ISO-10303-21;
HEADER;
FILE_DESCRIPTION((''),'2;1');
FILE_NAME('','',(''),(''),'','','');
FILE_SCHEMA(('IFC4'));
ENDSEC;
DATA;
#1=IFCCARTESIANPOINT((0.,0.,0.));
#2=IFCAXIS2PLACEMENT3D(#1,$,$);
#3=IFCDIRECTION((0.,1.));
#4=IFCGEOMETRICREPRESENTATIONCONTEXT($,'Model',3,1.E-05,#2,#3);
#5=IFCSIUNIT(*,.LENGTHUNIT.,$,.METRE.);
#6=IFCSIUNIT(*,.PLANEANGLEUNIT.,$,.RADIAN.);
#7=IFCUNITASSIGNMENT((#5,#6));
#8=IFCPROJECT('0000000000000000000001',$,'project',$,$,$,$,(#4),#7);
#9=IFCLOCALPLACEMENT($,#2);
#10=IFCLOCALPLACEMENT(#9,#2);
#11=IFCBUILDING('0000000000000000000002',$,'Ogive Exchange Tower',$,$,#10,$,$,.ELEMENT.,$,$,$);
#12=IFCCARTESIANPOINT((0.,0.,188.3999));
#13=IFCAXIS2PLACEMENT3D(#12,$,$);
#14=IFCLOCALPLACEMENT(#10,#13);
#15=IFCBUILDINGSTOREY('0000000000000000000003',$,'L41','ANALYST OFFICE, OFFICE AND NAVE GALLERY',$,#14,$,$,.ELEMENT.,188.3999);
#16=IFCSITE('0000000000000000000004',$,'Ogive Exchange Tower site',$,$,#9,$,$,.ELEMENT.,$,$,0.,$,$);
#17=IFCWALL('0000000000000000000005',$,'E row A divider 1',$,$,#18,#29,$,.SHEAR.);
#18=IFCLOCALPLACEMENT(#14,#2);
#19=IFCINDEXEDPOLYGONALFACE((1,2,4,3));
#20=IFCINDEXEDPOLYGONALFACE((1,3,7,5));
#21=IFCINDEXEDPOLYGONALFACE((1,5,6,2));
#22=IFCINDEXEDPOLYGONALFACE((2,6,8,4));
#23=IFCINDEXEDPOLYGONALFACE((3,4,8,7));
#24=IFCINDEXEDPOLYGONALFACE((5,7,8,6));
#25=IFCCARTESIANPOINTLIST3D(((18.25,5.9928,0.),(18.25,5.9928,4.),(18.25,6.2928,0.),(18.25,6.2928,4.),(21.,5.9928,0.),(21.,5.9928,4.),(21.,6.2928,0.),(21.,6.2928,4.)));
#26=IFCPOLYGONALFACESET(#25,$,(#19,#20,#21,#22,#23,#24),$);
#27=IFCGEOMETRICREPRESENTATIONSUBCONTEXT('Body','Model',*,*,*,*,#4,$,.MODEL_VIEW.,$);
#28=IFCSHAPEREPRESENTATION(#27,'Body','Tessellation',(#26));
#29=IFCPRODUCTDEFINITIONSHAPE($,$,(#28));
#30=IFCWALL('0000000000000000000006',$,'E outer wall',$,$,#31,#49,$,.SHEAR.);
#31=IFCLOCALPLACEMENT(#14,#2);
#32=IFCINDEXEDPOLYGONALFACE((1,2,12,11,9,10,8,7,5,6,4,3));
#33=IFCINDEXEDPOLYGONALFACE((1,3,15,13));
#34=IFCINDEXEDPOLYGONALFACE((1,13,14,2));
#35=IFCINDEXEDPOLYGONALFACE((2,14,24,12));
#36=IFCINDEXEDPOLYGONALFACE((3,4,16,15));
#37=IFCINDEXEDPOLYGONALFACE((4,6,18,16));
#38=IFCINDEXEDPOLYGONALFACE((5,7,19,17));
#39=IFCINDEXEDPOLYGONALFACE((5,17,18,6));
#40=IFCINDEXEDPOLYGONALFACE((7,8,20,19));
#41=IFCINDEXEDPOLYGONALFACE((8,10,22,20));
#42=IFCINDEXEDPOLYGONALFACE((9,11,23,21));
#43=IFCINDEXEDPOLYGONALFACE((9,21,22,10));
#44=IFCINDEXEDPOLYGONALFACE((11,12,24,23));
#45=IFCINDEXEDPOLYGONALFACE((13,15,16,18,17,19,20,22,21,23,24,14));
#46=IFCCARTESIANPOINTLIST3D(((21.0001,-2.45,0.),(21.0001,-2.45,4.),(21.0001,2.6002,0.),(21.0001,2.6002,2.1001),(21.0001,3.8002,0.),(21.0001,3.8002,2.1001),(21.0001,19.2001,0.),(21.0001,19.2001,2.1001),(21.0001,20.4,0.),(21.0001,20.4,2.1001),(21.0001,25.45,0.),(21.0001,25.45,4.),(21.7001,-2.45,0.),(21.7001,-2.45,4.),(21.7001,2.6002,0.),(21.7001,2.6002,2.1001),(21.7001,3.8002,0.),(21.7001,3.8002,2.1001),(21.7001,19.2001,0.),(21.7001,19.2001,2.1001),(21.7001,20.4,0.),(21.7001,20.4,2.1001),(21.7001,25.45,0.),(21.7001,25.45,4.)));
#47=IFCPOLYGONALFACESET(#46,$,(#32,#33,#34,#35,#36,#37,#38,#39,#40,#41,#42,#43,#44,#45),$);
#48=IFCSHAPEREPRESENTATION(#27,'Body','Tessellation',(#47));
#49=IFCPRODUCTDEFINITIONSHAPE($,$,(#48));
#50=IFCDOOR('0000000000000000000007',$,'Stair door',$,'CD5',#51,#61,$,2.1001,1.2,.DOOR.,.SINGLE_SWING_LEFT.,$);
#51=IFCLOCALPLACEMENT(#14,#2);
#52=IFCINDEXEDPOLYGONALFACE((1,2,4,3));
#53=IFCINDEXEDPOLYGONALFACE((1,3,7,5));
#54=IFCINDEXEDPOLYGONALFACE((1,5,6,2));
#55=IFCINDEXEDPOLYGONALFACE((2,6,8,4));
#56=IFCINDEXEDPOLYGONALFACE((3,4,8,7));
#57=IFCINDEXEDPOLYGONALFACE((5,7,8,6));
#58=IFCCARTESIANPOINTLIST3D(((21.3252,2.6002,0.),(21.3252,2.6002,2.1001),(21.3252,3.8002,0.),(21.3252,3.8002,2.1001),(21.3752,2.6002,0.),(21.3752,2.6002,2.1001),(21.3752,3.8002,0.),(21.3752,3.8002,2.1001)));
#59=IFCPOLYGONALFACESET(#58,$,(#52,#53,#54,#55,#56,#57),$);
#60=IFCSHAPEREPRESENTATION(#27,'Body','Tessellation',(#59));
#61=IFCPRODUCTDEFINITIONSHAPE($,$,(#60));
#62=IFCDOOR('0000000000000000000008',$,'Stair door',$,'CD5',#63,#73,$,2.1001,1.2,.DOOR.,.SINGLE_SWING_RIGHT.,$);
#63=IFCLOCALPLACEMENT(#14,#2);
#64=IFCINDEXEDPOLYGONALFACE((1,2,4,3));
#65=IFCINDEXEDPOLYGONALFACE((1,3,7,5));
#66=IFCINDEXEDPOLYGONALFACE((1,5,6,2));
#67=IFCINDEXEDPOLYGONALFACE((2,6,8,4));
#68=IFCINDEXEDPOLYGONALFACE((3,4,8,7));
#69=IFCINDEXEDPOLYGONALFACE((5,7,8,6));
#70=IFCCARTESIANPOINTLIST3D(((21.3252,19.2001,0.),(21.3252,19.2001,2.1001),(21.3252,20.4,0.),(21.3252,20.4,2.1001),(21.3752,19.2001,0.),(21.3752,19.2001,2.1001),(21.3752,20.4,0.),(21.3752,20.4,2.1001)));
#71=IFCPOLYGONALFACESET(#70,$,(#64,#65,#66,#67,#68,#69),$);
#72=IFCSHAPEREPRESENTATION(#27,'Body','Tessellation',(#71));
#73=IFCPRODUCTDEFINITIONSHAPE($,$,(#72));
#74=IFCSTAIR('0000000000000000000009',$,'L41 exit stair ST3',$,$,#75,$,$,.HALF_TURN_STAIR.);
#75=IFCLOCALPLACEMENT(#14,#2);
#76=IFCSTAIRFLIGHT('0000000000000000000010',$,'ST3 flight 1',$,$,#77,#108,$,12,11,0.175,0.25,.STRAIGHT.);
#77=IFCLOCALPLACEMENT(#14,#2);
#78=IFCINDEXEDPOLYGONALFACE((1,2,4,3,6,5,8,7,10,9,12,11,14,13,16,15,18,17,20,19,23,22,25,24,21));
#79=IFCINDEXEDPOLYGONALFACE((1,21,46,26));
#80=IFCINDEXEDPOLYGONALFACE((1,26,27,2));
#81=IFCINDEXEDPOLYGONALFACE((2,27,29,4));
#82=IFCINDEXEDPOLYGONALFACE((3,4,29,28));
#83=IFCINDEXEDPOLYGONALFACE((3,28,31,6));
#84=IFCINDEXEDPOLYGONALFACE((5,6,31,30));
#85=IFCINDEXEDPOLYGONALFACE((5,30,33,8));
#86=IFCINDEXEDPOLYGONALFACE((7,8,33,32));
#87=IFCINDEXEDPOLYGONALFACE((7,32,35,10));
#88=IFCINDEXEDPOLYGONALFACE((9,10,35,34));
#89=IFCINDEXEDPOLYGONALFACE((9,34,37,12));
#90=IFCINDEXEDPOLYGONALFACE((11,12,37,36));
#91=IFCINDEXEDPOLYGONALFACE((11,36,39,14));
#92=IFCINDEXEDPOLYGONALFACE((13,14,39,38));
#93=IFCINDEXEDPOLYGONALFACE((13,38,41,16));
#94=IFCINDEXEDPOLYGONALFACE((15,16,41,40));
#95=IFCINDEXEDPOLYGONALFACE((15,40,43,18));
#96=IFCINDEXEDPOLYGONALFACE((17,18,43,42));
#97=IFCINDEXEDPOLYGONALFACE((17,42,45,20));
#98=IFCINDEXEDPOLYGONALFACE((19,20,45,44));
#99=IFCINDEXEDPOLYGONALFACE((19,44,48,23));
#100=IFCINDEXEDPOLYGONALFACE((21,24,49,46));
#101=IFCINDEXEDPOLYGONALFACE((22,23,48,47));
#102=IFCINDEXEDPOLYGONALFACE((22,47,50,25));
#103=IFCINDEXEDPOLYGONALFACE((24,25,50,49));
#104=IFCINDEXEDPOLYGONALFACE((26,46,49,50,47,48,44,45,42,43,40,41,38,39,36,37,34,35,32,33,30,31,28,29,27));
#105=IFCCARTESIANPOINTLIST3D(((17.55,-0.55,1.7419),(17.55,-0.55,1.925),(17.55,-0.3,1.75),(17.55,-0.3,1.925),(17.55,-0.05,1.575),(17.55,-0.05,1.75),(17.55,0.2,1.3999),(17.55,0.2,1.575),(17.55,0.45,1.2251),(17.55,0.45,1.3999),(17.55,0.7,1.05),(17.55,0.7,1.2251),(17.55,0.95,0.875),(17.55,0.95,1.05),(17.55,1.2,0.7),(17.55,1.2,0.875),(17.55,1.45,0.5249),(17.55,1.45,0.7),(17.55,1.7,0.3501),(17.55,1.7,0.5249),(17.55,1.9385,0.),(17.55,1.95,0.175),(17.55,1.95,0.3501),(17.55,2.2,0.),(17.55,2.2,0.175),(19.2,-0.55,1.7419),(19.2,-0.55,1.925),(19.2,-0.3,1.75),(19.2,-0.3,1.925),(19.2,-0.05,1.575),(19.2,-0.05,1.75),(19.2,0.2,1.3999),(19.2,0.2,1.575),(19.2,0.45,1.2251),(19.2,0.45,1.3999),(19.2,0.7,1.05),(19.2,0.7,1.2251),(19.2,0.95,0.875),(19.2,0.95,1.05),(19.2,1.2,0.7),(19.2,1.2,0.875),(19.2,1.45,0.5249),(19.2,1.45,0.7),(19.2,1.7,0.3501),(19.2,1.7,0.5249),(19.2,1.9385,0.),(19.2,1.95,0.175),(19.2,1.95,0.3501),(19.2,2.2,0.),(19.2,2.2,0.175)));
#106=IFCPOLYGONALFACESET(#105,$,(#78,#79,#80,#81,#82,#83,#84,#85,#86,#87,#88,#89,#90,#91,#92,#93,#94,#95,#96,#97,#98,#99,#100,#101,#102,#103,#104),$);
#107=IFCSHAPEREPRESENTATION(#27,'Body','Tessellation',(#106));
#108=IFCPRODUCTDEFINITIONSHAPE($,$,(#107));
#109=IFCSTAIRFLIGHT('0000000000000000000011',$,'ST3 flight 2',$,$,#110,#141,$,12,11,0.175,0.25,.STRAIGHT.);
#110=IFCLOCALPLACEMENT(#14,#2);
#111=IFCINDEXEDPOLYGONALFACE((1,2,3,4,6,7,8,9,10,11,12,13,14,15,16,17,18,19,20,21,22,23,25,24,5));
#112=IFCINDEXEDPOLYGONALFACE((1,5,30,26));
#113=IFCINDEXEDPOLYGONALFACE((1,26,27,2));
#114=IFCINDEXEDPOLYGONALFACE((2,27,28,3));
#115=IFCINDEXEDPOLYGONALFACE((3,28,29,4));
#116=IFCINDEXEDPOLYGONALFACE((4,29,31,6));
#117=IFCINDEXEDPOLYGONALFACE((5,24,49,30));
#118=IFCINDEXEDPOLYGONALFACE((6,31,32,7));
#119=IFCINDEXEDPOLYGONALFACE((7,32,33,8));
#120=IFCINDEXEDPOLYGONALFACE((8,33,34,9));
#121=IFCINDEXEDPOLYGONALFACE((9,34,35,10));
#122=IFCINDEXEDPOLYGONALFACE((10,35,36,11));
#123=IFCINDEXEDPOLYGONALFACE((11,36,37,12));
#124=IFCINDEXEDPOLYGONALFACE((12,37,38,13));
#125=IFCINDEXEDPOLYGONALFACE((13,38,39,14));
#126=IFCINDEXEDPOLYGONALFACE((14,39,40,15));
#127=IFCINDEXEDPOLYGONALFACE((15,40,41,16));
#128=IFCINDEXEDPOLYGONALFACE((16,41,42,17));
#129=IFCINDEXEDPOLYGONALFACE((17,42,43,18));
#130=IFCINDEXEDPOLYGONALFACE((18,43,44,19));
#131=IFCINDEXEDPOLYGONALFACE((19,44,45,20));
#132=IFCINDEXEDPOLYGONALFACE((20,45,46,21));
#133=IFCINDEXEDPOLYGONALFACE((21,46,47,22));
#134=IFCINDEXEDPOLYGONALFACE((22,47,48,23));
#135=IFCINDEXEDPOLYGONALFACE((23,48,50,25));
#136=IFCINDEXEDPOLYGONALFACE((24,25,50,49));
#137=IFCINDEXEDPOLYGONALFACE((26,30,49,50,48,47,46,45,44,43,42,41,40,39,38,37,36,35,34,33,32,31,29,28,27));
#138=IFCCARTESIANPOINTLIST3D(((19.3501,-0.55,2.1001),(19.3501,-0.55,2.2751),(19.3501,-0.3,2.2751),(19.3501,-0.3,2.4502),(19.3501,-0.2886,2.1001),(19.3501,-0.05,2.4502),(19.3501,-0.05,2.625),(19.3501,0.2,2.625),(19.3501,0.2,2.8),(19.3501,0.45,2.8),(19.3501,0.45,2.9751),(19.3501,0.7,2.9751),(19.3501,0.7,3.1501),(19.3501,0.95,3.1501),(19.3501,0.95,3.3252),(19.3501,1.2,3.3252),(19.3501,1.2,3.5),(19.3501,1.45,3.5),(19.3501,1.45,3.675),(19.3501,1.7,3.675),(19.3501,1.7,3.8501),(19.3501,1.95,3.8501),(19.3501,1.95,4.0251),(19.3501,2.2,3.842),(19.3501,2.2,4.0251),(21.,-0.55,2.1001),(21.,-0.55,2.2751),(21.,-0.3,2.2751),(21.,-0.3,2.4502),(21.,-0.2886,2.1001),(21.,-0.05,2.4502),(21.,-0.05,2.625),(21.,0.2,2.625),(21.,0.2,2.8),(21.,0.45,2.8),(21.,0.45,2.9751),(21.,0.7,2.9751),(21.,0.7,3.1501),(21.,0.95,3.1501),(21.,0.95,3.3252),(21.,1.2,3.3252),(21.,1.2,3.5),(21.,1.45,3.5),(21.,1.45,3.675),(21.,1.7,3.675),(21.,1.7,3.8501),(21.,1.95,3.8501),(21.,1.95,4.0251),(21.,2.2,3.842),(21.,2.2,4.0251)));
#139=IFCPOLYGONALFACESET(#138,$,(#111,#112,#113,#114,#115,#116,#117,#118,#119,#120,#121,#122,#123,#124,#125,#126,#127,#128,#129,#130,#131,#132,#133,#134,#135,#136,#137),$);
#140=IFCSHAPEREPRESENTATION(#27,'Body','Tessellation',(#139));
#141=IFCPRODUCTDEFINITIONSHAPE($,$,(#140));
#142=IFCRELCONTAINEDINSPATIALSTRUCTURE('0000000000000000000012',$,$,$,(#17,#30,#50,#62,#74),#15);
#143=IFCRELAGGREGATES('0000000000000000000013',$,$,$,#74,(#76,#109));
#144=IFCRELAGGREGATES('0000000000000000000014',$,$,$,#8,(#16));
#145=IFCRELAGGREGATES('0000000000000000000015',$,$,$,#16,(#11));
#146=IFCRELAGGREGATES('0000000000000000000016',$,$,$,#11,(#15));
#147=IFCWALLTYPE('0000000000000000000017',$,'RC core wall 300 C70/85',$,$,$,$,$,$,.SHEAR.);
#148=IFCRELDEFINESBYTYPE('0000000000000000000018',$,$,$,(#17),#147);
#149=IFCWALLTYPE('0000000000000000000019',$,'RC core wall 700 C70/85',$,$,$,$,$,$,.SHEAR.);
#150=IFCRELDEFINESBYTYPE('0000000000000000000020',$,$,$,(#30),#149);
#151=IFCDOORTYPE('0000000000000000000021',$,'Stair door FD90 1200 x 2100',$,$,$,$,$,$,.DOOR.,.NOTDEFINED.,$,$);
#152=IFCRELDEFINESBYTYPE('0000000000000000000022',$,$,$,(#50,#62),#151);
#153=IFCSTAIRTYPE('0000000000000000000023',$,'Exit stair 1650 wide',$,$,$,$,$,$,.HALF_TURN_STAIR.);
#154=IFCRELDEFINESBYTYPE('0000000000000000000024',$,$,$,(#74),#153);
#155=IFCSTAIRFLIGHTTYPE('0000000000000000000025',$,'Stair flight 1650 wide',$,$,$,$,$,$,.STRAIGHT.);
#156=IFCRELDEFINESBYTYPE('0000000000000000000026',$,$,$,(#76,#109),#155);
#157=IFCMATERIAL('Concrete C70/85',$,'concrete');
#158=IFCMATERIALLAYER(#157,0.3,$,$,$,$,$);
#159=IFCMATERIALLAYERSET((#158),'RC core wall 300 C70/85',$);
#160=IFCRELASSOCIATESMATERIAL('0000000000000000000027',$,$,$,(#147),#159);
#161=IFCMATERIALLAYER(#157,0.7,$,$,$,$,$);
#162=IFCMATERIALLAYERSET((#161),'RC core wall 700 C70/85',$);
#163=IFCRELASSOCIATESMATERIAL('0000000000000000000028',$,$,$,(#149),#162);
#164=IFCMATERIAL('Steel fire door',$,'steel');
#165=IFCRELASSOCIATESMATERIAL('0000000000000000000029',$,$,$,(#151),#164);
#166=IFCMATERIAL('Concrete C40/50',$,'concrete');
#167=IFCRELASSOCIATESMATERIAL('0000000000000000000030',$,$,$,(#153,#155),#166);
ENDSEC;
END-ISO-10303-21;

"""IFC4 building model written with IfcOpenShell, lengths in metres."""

from ifc_helpers import new_model, si_unit, direction, frame, frame_2d, origin, place, context, subcontext, project, spatial, polyline, rectangle, outline, extrude, material, layer, layer_set, type_object, element, fill, aggregate, save


model = new_model("IFC4")

# Units and contexts
model_context = context("Model", 3, precision=1e-05, world=origin(), true_north=direction((0.0, 1.0)))
body_context = subcontext(model_context, "Body", "Model", "MODEL_VIEW")
ifc_project = project(units=[si_unit("LENGTHUNIT", "METRE"), si_unit("PLANEANGLEUNIT", "RADIAN")], contexts=[model_context])

# Site, building, storey
site_placement = place(None, origin())
site = spatial("IfcSite", under=ifc_project, at=site_placement, Name="Ogive Exchange Tower site", CompositionType="ELEMENT", RefElevation=0.0)
building_placement = place(site_placement, origin())
building = spatial("IfcBuilding", under=site, at=building_placement, Name="Ogive Exchange Tower", CompositionType="ELEMENT")
storey_placement = place(building_placement, frame((0.0, 0.0, 188.3999)))
storey = spatial("IfcBuildingStorey", under=building, at=storey_placement, Name="L41", Description="ANALYST OFFICE, OFFICE AND NAVE GALLERY", CompositionType="ELEMENT", Elevation=188.3999)

# Shared definitions
ifc_material_1 = material(Name="Concrete C70/85", Category="concrete")
ifc_material_2 = material(Name="Steel fire door", Category="steel")

# Wall
ifc_layer_1 = layer(ifc_material_1, 0.3)
ifc_layer_set_1 = layer_set([ifc_layer_1], Name="RC core wall 300 C70/85")
wall_type_1 = type_object("IfcWallType", Name="RC core wall 300 C70/85", PredefinedType="SHEAR", material=ifc_layer_set_1)
wall_1_placement = place(storey_placement, frame((18.25, 6.1428, 0.0), z_axis=(0.0, 0.0, 1.0), x_axis=(1.0, 0.0, 0.0)))
element("IfcWall", 1, at=wall_1_placement, inside=storey, type_object=wall_type_1, Name="E row A divider 1", PredefinedType="SHEAR", context=body_context, shape_type="SweptSolid", body=[
    extrude(rectangle(XDim=2.75, YDim=0.3, at=frame_2d((1.375, 0.0))), origin(), (0.0, 0.0, 1.0), 4.0),
])

# Wall, openings, doors
ifc_layer_2 = layer(ifc_material_1, 0.7)
ifc_layer_set_2 = layer_set([ifc_layer_2], Name="RC core wall 700 C70/85")
wall_type_2 = type_object("IfcWallType", Name="RC core wall 700 C70/85", PredefinedType="SHEAR", material=ifc_layer_set_2)
wall_2_placement = place(storey_placement, frame((21.3501, -2.45, 0.0), z_axis=(0.0, 0.0, 1.0), x_axis=(0.0, 1.0, 0.0)))
wall_2 = element("IfcWall", 2, at=wall_2_placement, inside=storey, type_object=wall_type_2, Name="E outer wall", PredefinedType="SHEAR", context=body_context, shape_type="SweptSolid", body=[
    extrude(rectangle(XDim=27.8999, YDim=0.7, at=frame_2d((13.95, 0.0))), origin(), (0.0, 0.0, 1.0), 4.0),
])
opening_1_placement = place(wall_2_placement, frame((5.05, 0.0, 0.0)))
opening_1 = element("IfcOpeningElement", 3, at=opening_1_placement, cuts=wall_2, PredefinedType="OPENING", context=body_context, shape_type="SweptSolid", body=[
    extrude(rectangle(XDim=1.2, YDim=2.1001, at=frame_2d((0.6001, 1.05))), frame((0.0, 0.3599, 0.0), z_axis=(0.0, -1.0, 0.0), x_axis=(1.0, 0.0, 0.0)), (0.0, 0.0, 1.0), 0.72),
])
opening_2_placement = place(wall_2_placement, frame((21.6499, 0.0, 0.0)))
opening_2 = element("IfcOpeningElement", 4, at=opening_2_placement, cuts=wall_2, PredefinedType="OPENING", context=body_context, shape_type="SweptSolid", body=[
    extrude(rectangle(XDim=1.2, YDim=2.1001, at=frame_2d((0.6001, 1.05))), frame((0.0, 0.3599, 0.0), z_axis=(0.0, -1.0, 0.0), x_axis=(1.0, 0.0, 0.0)), (0.0, 0.0, 1.0), 0.72),
])
door_type_1 = type_object("IfcDoorType", Name="Stair door FD90 1200 x 2100", OperationType="NOTDEFINED", PredefinedType="DOOR", material=ifc_material_2)
door_1_placement = place(opening_1_placement, origin())
door_1 = element("IfcDoor", 5, at=door_1_placement, inside=storey, type_object=door_type_1, Name="Stair door", ObjectType="CD5", OperationType="SINGLE_SWING_LEFT", OverallHeight=2.1001, OverallWidth=1.2, PredefinedType="DOOR", context=body_context, shape_type="SweptSolid", body=[
    extrude(rectangle(XDim=1.2, YDim=2.1001, at=frame_2d((0.6001, 1.05))), frame((0.0, 0.0249, 0.0), z_axis=(0.0, -1.0, 0.0), x_axis=(1.0, 0.0, 0.0)), (0.0, 0.0, 1.0), 0.05),
])
fill(opening_1, door_1)
door_2_placement = place(opening_2_placement, origin())
door_2 = element("IfcDoor", 6, at=door_2_placement, inside=storey, type_object=door_type_1, Name="Stair door", ObjectType="CD5", OperationType="SINGLE_SWING_RIGHT", OverallHeight=2.1001, OverallWidth=1.2, PredefinedType="DOOR", context=body_context, shape_type="SweptSolid", body=[
    extrude(rectangle(XDim=1.2, YDim=2.1001, at=frame_2d((0.6001, 1.05))), frame((0.0, 0.0249, 0.0), z_axis=(0.0, -1.0, 0.0), x_axis=(1.0, 0.0, 0.0)), (0.0, 0.0, 1.0), 0.05),
])
fill(opening_2, door_2)

# Stair, stair flights
ifc_material_3 = material(Name="Concrete C40/50", Category="concrete")
stair_type = type_object("IfcStairType", Name="Exit stair 1650 wide", PredefinedType="HALF_TURN_STAIR", material=ifc_material_3)
stair_placement = place(storey_placement, origin())
stair = element("IfcStair", 7, at=stair_placement, inside=storey, type_object=stair_type, Name="L41 exit stair ST3", PredefinedType="HALF_TURN_STAIR")
stair_flight_type = type_object("IfcStairFlightType", Name="Stair flight 1650 wide", PredefinedType="STRAIGHT", material=ifc_material_3)
stair_flight_1_placement = place(storey_placement, frame((18.375, 2.2, 0.0), z_axis=(0.0, 0.0, 1.0), x_axis=(0.0, -1.0, 0.0)))
stair_flight_1 = element("IfcStairFlight", 8, at=stair_flight_1_placement, type_object=stair_flight_type, Name="ST3 flight 1", NumberOfRisers=12, NumberOfTreads=11, PredefinedType="STRAIGHT", RiserHeight=0.175, TreadLength=0.25, context=body_context, shape_type="SweptSolid", body=[
    extrude(outline(polyline([(0.0, 0.0), (0.0, 0.175), (0.25, 0.175), (0.25, 0.3501), (0.5, 0.3501), (0.5, 0.5249), (0.75, 0.5249), (0.75, 0.7), (1.0, 0.7), (1.0, 0.875), (1.25, 0.875), (1.25, 1.05), (1.5, 1.05), (1.5, 1.2251), (1.75, 1.2251), (1.75, 1.3999), (2.0, 1.3999), (2.0, 1.575), (2.25, 1.575), (2.25, 1.75), (2.5, 1.75), (2.5, 1.925), (2.75, 1.925), (2.75, 2.1001), (2.75, 1.7419), (0.2615, 0.0), (0.0, 0.0)])), frame((0.0, 0.825, 0.0), z_axis=(0.0, -1.0, 0.0), x_axis=(1.0, 0.0, 0.0)), (0.0, 0.0, 1.0), 1.6499),
])
stair_flight_2_placement = place(storey_placement, frame((20.175, -0.55, 2.1001), z_axis=(0.0, 0.0, 1.0), x_axis=(0.0, 1.0, 0.0)))
stair_flight_2 = element("IfcStairFlight", 9, at=stair_flight_2_placement, type_object=stair_flight_type, Name="ST3 flight 2", NumberOfRisers=12, NumberOfTreads=11, PredefinedType="STRAIGHT", RiserHeight=0.175, TreadLength=0.25, context=body_context, shape_type="SweptSolid", body=[
    extrude(outline(polyline([(0.0, 0.0), (0.0, 0.175), (0.25, 0.175), (0.25, 0.3501), (0.5, 0.3501), (0.5, 0.5249), (0.75, 0.5249), (0.75, 0.7), (1.0, 0.7), (1.0, 0.875), (1.25, 0.875), (1.25, 1.05), (1.5, 1.05), (1.5, 1.2251), (1.75, 1.2251), (1.75, 1.3999), (2.0, 1.3999), (2.0, 1.575), (2.25, 1.575), (2.25, 1.75), (2.5, 1.75), (2.5, 1.925), (2.75, 1.925), (2.75, 2.1001), (2.75, 1.7419), (0.2615, 0.0), (0.0, 0.0)])), frame((0.0, 0.825, 0.0), z_axis=(0.0, -1.0, 0.0), x_axis=(1.0, 0.0, 0.0)), (0.0, 0.0, 1.0), 1.6499),
])
aggregate(stair, [stair_flight_1, stair_flight_2])

save(model, "model.ifc")
